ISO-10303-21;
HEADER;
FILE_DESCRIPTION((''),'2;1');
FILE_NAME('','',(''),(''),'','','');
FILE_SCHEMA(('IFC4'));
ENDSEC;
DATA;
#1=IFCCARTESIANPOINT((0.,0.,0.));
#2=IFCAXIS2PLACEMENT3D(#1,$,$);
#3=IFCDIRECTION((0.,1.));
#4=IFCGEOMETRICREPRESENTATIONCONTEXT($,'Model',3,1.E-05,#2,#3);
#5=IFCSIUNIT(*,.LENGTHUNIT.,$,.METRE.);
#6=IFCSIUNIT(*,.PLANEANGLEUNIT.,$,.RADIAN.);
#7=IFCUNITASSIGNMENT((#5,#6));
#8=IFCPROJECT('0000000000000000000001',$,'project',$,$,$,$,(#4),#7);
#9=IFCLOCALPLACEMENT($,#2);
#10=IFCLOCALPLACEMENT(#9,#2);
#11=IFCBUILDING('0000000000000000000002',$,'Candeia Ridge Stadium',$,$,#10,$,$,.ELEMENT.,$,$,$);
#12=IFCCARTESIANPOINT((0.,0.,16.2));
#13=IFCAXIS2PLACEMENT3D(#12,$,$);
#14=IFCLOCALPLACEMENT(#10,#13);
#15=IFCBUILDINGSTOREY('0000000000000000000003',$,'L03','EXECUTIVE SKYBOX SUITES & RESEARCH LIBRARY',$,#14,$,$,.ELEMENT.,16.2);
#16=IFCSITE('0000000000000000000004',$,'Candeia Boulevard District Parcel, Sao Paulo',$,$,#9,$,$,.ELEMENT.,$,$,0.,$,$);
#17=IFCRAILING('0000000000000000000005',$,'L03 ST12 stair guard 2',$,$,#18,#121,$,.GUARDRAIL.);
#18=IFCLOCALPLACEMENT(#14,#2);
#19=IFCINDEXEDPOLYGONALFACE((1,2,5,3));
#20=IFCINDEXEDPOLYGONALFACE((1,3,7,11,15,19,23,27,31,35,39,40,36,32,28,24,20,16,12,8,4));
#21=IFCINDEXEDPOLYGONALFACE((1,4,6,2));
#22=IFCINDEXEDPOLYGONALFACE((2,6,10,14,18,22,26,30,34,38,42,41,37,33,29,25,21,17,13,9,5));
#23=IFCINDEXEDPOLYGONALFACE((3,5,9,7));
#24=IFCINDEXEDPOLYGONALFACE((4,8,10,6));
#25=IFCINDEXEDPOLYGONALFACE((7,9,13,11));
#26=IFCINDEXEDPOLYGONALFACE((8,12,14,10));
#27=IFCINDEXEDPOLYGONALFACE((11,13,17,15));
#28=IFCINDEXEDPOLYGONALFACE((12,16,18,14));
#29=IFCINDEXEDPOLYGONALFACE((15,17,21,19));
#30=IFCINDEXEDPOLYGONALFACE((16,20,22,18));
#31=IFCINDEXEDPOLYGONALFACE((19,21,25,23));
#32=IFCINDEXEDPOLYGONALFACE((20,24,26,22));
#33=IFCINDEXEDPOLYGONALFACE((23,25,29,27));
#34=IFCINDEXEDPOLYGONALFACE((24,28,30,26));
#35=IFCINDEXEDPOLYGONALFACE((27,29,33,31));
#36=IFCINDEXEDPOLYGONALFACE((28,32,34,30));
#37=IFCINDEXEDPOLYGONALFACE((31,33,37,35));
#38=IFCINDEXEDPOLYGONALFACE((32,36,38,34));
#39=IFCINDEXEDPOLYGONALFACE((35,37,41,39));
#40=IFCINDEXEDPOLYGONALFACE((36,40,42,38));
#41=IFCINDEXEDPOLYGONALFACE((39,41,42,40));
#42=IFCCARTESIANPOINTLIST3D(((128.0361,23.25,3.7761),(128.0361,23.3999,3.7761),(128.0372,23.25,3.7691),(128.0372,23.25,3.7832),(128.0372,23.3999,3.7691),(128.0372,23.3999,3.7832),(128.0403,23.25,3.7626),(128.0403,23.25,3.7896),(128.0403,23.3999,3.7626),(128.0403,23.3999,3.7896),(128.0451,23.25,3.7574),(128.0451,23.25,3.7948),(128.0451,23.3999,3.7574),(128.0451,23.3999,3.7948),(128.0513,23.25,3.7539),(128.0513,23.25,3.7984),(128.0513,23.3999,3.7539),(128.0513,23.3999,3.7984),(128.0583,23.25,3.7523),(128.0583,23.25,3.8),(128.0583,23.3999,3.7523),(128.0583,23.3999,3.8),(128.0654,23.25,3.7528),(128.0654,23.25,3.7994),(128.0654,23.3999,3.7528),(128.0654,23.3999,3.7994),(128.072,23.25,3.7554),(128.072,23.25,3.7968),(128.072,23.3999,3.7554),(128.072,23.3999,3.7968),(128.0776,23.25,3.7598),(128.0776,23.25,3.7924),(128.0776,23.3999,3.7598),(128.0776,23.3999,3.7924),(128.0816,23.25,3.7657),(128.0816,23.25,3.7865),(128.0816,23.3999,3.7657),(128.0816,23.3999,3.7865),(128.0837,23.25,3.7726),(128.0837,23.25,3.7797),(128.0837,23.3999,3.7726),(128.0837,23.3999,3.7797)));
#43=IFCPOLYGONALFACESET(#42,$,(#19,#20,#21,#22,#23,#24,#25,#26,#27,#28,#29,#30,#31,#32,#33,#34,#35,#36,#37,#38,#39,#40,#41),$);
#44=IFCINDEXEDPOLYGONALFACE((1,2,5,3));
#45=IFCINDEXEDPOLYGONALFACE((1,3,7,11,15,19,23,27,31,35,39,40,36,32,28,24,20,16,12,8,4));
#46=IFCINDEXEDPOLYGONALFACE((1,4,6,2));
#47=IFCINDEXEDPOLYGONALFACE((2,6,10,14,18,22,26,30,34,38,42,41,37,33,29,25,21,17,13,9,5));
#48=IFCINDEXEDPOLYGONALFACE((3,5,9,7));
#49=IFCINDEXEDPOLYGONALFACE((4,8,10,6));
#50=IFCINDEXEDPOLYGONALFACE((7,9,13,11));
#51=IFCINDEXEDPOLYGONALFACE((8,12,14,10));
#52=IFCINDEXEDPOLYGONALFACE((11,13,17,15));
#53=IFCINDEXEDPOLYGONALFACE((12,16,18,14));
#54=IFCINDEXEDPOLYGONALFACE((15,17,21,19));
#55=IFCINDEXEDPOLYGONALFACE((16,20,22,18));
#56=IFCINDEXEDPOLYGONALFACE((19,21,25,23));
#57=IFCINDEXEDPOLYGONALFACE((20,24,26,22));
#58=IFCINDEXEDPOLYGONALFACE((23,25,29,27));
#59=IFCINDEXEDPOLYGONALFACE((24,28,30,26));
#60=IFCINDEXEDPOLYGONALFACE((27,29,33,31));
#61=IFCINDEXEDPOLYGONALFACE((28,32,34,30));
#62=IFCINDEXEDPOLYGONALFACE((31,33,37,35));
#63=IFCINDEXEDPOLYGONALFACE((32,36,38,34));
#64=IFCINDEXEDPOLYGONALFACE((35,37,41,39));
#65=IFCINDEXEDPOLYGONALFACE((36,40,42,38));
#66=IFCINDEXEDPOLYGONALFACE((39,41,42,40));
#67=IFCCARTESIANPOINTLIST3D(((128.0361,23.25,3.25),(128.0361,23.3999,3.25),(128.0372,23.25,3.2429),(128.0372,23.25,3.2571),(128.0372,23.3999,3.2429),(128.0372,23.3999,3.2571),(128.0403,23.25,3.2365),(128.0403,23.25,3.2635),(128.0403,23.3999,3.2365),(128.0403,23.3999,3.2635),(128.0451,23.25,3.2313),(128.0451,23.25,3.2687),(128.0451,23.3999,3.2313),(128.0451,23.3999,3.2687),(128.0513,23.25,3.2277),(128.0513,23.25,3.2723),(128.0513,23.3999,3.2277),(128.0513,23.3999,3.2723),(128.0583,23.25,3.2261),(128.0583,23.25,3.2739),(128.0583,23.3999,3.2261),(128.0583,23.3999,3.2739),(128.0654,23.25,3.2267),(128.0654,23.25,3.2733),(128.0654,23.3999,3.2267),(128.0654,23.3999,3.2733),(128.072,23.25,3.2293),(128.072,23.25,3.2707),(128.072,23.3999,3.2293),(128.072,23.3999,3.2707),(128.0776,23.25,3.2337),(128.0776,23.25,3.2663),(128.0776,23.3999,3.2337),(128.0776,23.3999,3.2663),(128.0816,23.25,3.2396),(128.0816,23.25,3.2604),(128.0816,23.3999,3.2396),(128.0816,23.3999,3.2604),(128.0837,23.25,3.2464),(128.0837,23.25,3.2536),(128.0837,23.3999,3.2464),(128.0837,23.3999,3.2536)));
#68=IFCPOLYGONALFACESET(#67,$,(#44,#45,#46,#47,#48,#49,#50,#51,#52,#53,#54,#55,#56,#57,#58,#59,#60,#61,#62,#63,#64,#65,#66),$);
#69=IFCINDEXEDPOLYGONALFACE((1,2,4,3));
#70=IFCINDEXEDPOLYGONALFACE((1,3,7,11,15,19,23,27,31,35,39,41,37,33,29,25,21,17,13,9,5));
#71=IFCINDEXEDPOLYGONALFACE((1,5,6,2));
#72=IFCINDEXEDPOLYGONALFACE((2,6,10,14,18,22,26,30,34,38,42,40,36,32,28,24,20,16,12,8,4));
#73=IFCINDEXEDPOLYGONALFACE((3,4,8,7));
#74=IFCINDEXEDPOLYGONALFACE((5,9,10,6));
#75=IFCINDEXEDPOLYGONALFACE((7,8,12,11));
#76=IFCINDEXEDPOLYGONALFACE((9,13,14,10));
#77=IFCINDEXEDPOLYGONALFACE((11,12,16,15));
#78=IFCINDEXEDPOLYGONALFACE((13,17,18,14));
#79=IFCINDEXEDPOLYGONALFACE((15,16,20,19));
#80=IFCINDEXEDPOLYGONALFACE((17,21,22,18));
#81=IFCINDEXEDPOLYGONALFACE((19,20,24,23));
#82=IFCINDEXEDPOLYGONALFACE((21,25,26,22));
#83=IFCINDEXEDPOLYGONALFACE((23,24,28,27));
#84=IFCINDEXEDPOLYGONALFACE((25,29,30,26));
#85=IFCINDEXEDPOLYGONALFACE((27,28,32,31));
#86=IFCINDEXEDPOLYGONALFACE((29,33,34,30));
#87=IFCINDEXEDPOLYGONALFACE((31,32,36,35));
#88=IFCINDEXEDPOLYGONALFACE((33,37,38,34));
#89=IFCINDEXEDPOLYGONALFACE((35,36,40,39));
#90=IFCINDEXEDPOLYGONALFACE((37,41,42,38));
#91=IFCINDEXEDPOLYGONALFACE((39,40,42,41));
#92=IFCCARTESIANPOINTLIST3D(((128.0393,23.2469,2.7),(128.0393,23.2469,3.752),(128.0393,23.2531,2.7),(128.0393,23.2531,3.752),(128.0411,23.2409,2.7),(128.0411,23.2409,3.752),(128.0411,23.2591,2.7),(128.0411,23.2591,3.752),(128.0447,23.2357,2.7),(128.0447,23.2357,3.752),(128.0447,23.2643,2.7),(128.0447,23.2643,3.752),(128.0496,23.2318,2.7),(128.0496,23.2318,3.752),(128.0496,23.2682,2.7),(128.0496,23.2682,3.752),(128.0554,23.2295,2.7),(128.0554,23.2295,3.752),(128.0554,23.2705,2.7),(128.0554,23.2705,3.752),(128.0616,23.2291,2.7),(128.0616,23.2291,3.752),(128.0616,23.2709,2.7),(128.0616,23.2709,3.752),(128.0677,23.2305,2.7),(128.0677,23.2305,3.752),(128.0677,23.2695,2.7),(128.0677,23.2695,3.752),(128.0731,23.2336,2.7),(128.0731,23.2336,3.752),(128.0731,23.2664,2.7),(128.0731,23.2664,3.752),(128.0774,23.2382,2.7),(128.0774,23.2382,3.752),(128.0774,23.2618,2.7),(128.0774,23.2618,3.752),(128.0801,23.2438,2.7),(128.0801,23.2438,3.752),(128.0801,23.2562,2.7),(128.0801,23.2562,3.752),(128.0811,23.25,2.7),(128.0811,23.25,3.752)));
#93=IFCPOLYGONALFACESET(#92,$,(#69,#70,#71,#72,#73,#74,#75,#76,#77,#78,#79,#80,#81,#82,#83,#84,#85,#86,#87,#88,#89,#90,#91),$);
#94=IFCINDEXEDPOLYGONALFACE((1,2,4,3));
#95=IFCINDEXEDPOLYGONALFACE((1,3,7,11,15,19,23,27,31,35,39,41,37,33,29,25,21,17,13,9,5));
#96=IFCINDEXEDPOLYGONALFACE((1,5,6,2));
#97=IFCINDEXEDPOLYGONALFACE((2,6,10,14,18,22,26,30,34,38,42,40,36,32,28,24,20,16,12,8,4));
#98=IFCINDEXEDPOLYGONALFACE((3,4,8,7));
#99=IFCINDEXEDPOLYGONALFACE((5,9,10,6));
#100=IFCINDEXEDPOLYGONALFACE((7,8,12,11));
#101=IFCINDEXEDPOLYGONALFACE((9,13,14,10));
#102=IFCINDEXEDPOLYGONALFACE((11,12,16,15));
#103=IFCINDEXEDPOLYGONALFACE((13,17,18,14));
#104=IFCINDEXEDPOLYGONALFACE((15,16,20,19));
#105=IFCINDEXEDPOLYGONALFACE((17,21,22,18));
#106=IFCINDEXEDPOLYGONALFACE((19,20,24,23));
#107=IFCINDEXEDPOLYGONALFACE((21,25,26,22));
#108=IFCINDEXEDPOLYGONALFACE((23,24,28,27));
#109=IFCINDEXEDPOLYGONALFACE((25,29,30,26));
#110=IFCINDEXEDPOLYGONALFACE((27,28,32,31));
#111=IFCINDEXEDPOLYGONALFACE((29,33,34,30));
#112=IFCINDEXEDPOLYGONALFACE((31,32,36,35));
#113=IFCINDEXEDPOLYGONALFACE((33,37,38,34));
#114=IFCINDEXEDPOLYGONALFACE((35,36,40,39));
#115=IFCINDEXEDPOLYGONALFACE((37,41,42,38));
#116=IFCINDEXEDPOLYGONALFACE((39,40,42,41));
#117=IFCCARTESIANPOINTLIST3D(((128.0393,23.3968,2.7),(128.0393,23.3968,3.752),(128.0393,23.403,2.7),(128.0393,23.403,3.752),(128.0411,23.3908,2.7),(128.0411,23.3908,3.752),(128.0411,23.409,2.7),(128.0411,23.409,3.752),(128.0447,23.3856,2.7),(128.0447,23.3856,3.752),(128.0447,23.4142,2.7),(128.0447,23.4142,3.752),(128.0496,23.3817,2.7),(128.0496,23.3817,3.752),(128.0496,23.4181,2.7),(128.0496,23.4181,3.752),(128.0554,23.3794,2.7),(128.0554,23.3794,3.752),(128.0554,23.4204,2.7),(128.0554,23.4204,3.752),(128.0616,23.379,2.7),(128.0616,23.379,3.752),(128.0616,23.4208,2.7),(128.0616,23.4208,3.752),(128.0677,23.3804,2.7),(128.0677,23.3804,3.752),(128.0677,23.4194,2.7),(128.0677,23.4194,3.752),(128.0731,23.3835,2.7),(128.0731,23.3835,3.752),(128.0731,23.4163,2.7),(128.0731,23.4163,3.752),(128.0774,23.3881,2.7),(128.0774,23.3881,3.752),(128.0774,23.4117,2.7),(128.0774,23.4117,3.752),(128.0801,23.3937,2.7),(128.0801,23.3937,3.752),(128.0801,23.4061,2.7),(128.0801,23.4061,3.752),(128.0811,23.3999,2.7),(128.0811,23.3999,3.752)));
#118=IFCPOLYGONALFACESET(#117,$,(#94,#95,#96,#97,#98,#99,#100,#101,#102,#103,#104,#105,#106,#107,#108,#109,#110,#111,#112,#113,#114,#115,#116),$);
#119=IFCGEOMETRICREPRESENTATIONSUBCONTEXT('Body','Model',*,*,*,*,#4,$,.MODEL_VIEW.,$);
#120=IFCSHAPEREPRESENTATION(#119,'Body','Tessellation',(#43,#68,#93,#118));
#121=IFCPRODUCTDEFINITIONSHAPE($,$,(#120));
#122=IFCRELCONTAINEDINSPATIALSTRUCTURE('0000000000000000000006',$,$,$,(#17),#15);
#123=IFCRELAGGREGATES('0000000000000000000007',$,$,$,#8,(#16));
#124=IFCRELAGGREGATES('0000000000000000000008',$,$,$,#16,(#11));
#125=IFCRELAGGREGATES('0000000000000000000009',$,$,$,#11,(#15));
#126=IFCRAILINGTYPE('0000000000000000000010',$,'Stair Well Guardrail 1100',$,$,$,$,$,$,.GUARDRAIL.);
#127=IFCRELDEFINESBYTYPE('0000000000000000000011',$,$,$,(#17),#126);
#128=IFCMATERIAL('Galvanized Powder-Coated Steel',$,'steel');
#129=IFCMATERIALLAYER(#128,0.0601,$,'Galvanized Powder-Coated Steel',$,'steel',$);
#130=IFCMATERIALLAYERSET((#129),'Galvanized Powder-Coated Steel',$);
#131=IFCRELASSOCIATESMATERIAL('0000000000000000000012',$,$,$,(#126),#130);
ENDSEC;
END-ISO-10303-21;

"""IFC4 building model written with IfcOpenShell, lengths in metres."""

from ifc_helpers import new_model, si_unit, direction, frame, origin, origin_2d, place, context, subcontext, project, spatial, circle, extrude, material, layer, layer_set, type_object, element, save


model = new_model("IFC4")

# Units and contexts
model_context = context("Model", 3, precision=1e-05, world=origin(), true_north=direction((0.0, 1.0)))
body_context = subcontext(model_context, "Body", "Model", "MODEL_VIEW")
ifc_project = project(units=[si_unit("LENGTHUNIT", "METRE"), si_unit("PLANEANGLEUNIT", "RADIAN")], contexts=[model_context])

# Site, building, storey
site_placement = place(None, origin())
site = spatial("IfcSite", under=ifc_project, at=site_placement, Name="Candeia Boulevard District Parcel, Sao Paulo", CompositionType="ELEMENT", RefElevation=0.0)
building_placement = place(site_placement, origin())
building = spatial("IfcBuilding", under=site, at=building_placement, Name="Candeia Ridge Stadium", CompositionType="ELEMENT")
storey_placement = place(building_placement, frame((0.0, 0.0, 16.2)))
storey = spatial("IfcBuildingStorey", under=building, at=storey_placement, Name="L03", Description="EXECUTIVE SKYBOX SUITES & RESEARCH LIBRARY", CompositionType="ELEMENT", Elevation=16.2)

# Railing
ifc_material_1 = material(Name="Galvanized Powder-Coated Steel", Category="steel")
ifc_layer_1 = layer(ifc_material_1, 0.0601, Name="Galvanized Powder-Coated Steel", Category="steel")
ifc_layer_set_1 = layer_set([ifc_layer_1], Name="Galvanized Powder-Coated Steel")
railing_type_1 = type_object("IfcRailingType", Name="Stair Well Guardrail 1100", PredefinedType="GUARDRAIL", material=ifc_layer_set_1)
railing_1_placement = place(storey_placement, frame((128.0601, 23.25, 2.7)))
element("IfcRailing", 1, at=railing_1_placement, inside=storey, type_object=railing_type_1, Name="L03 ST12 stair guard 2", PredefinedType="GUARDRAIL", context=body_context, shape_type="SweptSolid", body=[
    extrude(circle(Radius=0.0239, at=origin_2d()), frame((0.0, 0.0, 1.0762), z_axis=(0.0, 1.0, 0.0), x_axis=(-1.0, 0.0, 0.0)), (0.0, 0.0, 1.0), 0.1499),
    extrude(circle(Radius=0.0239, at=origin_2d()), frame((0.0, 0.0, 0.55), z_axis=(0.0, 1.0, 0.0), x_axis=(-1.0, 0.0, 0.0)), (0.0, 0.0, 1.0), 0.1499),
    extrude(circle(Radius=0.021, at=origin_2d()), origin(), (0.0, 0.0, 1.0), 1.052),
    extrude(circle(Radius=0.021, at=origin_2d()), frame((0.0, 0.1499, 0.0)), (0.0, 0.0, 1.0), 1.052),
])

save(model, "model.ifc")
